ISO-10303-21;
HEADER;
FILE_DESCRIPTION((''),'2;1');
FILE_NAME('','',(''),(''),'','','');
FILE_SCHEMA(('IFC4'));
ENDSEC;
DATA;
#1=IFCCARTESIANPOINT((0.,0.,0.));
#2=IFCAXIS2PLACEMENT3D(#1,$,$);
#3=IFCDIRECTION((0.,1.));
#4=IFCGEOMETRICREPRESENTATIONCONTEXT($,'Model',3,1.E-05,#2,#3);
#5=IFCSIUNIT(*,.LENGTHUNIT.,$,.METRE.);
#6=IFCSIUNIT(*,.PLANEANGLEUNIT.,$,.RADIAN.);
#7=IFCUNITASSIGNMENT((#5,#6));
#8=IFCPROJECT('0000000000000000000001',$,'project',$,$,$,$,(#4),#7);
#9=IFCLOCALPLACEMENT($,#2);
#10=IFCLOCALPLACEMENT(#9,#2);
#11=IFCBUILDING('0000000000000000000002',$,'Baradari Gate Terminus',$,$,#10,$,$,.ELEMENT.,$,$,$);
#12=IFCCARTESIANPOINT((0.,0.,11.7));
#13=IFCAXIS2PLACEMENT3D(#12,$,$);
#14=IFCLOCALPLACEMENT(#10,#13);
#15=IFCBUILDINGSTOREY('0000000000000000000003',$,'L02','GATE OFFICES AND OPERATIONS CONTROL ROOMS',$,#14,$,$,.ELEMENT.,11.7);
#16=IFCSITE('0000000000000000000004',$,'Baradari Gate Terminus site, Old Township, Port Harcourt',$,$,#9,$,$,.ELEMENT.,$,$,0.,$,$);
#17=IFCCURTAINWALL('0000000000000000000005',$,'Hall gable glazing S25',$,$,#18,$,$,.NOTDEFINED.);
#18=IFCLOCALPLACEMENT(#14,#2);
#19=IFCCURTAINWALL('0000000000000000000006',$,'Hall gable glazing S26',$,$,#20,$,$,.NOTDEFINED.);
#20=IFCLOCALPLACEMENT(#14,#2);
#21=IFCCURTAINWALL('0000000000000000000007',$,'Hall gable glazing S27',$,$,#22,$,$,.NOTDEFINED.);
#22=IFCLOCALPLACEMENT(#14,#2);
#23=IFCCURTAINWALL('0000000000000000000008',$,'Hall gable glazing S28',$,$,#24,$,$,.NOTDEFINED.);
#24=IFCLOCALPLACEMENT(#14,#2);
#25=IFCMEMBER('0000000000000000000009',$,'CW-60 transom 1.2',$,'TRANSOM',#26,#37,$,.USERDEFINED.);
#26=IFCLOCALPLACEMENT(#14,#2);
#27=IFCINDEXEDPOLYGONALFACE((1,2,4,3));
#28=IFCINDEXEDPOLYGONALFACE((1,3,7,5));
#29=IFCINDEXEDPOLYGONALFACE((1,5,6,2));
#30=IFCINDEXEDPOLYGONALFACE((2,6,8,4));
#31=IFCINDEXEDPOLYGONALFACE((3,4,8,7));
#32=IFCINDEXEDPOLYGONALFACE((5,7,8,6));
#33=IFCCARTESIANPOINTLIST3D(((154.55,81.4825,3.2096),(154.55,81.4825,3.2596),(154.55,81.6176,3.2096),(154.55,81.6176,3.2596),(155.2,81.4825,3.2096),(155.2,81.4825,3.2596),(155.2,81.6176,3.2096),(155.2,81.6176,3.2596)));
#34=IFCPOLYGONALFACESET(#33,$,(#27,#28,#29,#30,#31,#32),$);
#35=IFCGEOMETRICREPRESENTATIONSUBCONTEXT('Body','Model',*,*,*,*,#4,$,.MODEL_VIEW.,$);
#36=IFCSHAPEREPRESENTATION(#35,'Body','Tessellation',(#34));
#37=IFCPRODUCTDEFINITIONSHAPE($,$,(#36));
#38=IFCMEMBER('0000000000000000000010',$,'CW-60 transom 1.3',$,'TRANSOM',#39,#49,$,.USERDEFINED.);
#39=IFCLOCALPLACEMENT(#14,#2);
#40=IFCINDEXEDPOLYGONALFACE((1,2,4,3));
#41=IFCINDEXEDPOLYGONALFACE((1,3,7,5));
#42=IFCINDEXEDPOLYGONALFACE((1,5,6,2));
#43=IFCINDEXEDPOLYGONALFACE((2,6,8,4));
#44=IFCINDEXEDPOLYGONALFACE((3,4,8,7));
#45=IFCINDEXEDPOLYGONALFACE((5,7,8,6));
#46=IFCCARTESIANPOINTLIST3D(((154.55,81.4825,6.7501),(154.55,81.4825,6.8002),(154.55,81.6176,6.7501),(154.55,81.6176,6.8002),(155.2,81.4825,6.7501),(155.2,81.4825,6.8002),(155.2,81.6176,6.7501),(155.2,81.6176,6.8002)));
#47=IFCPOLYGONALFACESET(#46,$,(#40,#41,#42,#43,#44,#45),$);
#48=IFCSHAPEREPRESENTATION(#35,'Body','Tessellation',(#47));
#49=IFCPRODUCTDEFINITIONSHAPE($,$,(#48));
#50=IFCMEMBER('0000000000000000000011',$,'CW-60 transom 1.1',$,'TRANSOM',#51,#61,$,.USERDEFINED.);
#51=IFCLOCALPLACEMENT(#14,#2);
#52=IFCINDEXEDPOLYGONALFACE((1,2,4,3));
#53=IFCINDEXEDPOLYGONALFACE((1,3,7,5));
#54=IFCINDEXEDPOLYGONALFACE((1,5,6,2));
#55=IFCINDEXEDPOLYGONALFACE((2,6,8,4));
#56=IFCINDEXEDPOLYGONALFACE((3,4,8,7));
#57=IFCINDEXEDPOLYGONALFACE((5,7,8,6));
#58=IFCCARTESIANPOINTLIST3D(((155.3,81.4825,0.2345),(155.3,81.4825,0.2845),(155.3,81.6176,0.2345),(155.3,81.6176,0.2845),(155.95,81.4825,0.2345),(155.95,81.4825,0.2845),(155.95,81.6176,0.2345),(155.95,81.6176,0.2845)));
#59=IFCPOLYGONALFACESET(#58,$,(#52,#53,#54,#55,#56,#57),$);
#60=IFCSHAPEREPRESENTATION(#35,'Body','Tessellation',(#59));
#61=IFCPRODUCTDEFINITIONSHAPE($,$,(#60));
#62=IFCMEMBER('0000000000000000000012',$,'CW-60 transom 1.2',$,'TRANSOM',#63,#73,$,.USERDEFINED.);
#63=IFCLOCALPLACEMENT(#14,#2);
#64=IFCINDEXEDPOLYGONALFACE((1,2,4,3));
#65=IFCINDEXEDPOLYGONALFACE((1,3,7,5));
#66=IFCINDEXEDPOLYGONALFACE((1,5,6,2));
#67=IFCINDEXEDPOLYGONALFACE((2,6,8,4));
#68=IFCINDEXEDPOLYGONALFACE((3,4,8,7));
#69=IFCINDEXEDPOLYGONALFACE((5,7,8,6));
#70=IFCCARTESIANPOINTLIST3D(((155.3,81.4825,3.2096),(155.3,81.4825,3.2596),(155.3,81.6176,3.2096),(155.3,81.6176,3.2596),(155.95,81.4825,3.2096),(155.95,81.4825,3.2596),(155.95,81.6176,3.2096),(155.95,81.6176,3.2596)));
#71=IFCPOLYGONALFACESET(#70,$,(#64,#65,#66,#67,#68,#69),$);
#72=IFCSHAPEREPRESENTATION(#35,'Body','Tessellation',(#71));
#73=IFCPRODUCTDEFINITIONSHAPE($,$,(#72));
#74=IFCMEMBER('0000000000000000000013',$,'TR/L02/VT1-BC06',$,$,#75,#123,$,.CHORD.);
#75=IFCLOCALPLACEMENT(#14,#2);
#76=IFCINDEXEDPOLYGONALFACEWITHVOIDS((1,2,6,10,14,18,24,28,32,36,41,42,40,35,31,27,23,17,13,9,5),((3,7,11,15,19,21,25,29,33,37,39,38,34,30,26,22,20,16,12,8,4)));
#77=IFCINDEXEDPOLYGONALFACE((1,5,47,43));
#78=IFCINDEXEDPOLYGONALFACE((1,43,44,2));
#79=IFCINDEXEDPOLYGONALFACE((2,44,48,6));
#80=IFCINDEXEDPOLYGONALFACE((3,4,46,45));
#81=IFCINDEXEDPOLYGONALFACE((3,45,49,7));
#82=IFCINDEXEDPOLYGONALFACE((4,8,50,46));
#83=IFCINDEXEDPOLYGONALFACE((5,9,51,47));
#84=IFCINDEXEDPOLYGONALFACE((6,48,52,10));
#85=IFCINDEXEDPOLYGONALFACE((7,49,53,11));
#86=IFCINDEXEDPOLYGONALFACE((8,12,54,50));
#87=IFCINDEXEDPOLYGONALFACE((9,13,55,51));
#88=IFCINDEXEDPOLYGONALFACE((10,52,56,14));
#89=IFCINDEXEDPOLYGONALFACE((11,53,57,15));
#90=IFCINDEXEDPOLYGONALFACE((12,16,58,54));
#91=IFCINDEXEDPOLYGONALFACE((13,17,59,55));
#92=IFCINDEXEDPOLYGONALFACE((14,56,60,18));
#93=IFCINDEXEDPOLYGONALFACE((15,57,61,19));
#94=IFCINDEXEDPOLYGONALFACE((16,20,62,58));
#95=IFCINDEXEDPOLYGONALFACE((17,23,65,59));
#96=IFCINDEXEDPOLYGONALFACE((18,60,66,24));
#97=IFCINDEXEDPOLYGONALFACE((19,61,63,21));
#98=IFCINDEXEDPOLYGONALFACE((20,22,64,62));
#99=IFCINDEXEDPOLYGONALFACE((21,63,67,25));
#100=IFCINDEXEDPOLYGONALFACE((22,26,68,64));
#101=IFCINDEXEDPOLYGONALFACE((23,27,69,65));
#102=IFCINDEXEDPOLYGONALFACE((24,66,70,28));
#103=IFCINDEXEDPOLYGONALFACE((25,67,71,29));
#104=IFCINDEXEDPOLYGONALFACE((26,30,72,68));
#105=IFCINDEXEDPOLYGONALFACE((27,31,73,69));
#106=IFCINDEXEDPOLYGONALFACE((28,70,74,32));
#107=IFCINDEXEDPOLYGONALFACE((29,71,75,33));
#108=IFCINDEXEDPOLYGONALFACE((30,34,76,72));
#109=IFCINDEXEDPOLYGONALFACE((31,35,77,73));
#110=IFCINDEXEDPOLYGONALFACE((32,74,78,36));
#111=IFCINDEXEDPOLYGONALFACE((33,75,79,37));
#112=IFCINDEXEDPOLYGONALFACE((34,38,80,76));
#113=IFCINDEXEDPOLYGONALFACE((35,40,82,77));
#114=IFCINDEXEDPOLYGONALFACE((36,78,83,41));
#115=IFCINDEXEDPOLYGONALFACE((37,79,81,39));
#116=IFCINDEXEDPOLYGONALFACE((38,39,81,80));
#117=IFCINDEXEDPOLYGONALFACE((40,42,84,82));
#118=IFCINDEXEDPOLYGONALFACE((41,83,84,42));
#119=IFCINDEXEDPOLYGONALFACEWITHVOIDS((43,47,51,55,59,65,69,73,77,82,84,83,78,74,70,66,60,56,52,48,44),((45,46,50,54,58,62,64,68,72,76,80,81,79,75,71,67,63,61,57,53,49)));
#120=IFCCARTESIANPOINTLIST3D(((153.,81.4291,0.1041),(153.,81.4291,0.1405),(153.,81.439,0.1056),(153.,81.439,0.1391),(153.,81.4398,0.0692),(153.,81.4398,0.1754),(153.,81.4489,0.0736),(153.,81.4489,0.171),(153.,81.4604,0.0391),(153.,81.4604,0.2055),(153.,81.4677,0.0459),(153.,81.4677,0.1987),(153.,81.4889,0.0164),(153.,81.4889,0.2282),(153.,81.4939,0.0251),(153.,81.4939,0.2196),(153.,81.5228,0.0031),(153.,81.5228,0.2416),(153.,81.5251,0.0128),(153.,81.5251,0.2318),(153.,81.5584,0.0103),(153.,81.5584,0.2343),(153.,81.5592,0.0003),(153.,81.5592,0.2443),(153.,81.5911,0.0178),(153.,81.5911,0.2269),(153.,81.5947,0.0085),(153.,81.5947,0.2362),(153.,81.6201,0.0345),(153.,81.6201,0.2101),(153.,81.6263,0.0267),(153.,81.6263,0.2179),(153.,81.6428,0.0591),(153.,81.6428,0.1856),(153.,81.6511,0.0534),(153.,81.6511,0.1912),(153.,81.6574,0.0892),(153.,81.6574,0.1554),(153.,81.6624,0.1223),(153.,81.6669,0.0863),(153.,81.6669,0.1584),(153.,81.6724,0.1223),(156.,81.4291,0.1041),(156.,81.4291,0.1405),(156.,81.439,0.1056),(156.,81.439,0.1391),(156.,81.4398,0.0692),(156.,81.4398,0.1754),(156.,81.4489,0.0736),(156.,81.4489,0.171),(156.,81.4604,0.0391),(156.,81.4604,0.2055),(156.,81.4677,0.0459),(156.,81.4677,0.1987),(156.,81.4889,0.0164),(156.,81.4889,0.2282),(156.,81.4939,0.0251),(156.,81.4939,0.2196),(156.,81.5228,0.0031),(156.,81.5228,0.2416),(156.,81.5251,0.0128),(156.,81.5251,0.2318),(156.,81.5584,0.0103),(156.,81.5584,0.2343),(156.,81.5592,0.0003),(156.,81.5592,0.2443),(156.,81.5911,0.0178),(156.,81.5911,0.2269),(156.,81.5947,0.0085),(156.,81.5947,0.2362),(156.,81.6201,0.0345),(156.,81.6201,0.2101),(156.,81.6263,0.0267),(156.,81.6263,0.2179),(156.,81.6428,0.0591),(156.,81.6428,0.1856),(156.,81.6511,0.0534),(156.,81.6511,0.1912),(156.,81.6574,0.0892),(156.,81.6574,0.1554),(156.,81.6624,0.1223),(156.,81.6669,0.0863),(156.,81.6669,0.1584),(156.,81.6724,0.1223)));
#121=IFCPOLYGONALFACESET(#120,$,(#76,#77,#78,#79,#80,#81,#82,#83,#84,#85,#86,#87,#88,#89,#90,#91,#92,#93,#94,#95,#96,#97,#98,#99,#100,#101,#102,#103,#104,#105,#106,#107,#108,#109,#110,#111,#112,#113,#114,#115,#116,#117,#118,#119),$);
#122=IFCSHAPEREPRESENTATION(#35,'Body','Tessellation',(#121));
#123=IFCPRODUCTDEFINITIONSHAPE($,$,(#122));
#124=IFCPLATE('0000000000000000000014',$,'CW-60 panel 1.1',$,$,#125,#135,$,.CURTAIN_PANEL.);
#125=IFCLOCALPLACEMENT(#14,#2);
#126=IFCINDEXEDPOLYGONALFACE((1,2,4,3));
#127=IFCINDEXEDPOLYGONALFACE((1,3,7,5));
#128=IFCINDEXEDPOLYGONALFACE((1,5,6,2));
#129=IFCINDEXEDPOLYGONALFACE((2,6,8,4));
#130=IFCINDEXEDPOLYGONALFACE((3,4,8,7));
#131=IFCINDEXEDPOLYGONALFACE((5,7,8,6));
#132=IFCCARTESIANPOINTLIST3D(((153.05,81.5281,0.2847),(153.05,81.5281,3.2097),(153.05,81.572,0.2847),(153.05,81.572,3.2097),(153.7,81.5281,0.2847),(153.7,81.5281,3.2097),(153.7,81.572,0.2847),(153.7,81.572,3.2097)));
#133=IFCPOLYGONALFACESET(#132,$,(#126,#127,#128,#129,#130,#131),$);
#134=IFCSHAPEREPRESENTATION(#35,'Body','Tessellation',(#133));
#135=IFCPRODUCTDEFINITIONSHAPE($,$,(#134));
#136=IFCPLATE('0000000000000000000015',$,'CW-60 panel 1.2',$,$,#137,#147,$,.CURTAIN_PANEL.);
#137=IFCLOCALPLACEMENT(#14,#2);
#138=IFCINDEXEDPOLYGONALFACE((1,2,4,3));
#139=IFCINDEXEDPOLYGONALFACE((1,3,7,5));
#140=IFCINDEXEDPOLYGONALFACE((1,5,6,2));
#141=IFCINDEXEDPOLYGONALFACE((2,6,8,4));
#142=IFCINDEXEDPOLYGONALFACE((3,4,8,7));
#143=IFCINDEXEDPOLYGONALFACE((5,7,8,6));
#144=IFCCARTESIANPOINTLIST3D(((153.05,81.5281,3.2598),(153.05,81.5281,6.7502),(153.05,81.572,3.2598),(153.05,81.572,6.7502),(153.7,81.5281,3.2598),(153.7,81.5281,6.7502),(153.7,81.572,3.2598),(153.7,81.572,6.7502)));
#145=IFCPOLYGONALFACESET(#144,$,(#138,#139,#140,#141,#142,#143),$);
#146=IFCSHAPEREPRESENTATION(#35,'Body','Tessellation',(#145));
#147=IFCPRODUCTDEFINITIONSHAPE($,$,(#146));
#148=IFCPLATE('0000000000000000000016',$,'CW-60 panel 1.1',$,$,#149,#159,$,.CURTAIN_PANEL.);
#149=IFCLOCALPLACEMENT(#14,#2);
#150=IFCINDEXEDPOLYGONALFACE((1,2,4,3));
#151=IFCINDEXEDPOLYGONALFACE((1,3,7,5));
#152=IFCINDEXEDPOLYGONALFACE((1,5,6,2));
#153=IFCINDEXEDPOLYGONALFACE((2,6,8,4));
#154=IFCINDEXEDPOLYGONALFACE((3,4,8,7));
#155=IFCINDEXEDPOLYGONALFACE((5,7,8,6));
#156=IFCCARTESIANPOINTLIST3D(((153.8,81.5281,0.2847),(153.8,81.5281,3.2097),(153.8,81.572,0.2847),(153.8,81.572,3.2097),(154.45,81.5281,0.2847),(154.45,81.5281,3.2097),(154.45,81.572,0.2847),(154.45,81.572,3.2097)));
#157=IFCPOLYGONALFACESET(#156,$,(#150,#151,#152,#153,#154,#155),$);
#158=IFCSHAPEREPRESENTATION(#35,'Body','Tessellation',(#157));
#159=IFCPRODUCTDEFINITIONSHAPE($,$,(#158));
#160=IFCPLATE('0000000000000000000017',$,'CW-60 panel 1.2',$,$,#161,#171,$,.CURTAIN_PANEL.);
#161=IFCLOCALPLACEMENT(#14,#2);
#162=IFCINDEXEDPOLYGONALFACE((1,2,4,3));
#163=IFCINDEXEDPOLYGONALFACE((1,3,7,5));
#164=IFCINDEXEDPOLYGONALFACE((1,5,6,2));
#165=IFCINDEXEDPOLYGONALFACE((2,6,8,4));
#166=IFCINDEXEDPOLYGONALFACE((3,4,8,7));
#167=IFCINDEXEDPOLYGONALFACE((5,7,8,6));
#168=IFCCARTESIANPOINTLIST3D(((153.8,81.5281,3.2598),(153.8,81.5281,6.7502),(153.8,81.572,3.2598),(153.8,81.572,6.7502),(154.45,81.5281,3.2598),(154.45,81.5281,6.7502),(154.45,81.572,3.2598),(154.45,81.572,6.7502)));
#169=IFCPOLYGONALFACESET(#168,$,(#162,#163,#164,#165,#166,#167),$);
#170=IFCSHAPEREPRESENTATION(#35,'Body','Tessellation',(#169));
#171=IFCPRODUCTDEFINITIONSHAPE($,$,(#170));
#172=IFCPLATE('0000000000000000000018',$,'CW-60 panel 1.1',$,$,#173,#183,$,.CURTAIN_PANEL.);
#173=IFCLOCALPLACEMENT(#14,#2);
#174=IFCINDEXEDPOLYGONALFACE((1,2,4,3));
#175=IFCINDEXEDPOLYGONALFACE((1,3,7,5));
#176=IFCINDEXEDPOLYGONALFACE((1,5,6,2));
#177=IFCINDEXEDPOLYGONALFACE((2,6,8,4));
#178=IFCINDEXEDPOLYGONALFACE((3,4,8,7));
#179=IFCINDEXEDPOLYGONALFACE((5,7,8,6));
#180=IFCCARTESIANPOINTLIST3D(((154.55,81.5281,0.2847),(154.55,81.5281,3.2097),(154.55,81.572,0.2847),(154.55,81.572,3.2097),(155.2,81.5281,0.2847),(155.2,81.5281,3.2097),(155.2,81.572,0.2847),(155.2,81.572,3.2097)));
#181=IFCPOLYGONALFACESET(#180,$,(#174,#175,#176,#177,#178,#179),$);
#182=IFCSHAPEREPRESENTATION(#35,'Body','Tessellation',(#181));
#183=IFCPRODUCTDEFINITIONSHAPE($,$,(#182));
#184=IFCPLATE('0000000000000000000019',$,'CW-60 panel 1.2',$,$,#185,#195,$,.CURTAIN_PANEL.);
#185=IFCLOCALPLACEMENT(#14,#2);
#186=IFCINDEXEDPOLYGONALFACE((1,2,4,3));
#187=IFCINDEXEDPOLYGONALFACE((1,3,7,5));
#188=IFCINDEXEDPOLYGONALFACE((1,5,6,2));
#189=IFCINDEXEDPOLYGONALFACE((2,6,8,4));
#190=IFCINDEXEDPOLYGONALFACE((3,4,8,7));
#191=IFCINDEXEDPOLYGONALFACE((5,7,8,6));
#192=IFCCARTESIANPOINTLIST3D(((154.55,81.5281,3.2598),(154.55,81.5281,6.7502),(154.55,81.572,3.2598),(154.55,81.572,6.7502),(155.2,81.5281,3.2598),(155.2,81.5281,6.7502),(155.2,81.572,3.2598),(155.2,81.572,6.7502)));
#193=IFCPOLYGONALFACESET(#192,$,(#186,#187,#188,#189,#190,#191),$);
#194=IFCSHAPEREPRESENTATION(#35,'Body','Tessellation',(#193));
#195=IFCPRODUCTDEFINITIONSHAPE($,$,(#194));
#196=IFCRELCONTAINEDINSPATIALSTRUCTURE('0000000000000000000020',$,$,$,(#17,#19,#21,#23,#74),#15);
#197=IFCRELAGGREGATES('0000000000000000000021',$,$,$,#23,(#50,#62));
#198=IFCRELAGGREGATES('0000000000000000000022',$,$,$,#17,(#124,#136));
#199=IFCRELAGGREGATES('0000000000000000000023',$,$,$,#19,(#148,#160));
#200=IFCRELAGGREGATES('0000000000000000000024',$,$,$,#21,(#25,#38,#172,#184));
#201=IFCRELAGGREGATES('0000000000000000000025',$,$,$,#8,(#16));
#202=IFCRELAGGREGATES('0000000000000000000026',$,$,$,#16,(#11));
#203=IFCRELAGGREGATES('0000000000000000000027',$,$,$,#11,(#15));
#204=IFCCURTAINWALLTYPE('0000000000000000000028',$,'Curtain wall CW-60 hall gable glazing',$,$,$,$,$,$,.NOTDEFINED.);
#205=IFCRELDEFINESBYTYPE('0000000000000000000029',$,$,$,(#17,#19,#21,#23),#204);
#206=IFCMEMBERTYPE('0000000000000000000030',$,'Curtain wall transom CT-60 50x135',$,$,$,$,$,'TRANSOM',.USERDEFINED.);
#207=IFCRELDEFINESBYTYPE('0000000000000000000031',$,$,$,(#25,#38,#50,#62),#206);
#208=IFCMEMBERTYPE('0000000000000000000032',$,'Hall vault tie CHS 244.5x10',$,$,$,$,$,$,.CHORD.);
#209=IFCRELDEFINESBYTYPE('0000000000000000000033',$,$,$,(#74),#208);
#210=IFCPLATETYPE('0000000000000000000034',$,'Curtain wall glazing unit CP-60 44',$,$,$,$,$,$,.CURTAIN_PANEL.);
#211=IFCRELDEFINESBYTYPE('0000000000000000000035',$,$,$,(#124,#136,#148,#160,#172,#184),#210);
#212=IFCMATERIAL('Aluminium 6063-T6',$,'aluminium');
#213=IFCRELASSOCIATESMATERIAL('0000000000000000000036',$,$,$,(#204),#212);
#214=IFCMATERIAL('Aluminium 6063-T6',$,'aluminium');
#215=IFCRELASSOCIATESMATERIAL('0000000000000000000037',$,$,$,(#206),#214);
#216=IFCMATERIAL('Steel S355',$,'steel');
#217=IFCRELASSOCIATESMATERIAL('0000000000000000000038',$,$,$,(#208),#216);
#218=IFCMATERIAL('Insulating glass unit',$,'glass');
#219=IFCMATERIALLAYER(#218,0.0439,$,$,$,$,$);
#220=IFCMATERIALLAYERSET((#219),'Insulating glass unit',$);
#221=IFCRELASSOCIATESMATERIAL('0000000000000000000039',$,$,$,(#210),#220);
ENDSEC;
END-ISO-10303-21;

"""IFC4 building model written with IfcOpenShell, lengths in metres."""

from ifc_helpers import new_model, si_unit, direction, frame, origin, origin_2d, place, context, subcontext, project, spatial, rectangle, hollow_circle, extrude, material, layer, layer_set, material_profile, profile_set, type_object, element, aggregate, save


model = new_model("IFC4")

# Units and contexts
model_context = context("Model", 3, precision=1e-05, world=origin(), true_north=direction((0.0, 1.0)))
body_context = subcontext(model_context, "Body", "Model", "MODEL_VIEW")
ifc_project = project(units=[si_unit("LENGTHUNIT", "METRE"), si_unit("PLANEANGLEUNIT", "RADIAN")], contexts=[model_context])

# Site, building, storey
site_placement = place(None, origin())
site = spatial("IfcSite", under=ifc_project, at=site_placement, Name="Baradari Gate Terminus site, Old Township, Port Harcourt", CompositionType="ELEMENT", RefElevation=0.0)
building_placement = place(site_placement, origin())
building = spatial("IfcBuilding", under=site, at=building_placement, Name="Baradari Gate Terminus", CompositionType="ELEMENT")
storey_placement = place(building_placement, frame((0.0, 0.0, 11.7)))
storey = spatial("IfcBuildingStorey", under=building, at=storey_placement, Name="L02", Description="GATE OFFICES AND OPERATIONS CONTROL ROOMS", CompositionType="ELEMENT", Elevation=11.7)

# Shared definitions
ifc_material_1 = material(Name="Aluminium 6063-T6", Category="aluminium")
curtain_wall_type = type_object("IfcCurtainWallType", Name="Curtain wall CW-60 hall gable glazing", PredefinedType="NOTDEFINED", material=ifc_material_1)

# Curtain walls
curtain_wall_1_placement = place(storey_placement, origin())
curtain_wall_1 = element("IfcCurtainWall", 1, at=curtain_wall_1_placement, inside=storey, type_object=curtain_wall_type, Name="Hall gable glazing S25", PredefinedType="NOTDEFINED")
curtain_wall_2_placement = place(storey_placement, origin())
curtain_wall_2 = element("IfcCurtainWall", 2, at=curtain_wall_2_placement, inside=storey, type_object=curtain_wall_type, Name="Hall gable glazing S26", PredefinedType="NOTDEFINED")
curtain_wall_3_placement = place(storey_placement, origin())
curtain_wall_3 = element("IfcCurtainWall", 3, at=curtain_wall_3_placement, inside=storey, type_object=curtain_wall_type, Name="Hall gable glazing S27", PredefinedType="NOTDEFINED")

# Curtain wall
curtain_wall_4_placement = place(storey_placement, origin())
curtain_wall_4 = element("IfcCurtainWall", 4, at=curtain_wall_4_placement, inside=storey, type_object=curtain_wall_type, Name="Hall gable glazing S28", PredefinedType="NOTDEFINED")

# Members
ifc_material_2 = material(Name="Aluminium 6063-T6", Category="aluminium")
ifc_material_profile_1 = material_profile(ifc_material_2, rectangle(XDim=0.135, YDim=0.05, at=origin_2d()), Name="CT-60 50X135")
ifc_profile_set_1 = profile_set([ifc_material_profile_1], Name="Aluminium 6063-T6")
member_type_1 = type_object("IfcMemberType", Name="Curtain wall transom CT-60 50x135", ElementType="TRANSOM", PredefinedType="USERDEFINED", material=ifc_profile_set_1)
member_1_placement = place(storey_placement, frame((154.55, 81.55, 3.2346), z_axis=(1.0, 0.0, 0.0), x_axis=(0.0, 1.0, 0.0)))
member_1 = element("IfcMember", 5, at=member_1_placement, type_object=member_type_1, Name="CW-60 transom 1.2", ObjectType="TRANSOM", PredefinedType="USERDEFINED", context=body_context, shape_type="SweptSolid", body=[
    extrude(rectangle(XDim=0.135, YDim=0.05, at=origin_2d()), origin(), (0.0, 0.0, 1.0), 0.6499),
])
member_2_placement = place(storey_placement, frame((154.55, 81.55, 6.7751), z_axis=(1.0, 0.0, 0.0), x_axis=(0.0, 1.0, 0.0)))
member_2 = element("IfcMember", 6, at=member_2_placement, type_object=member_type_1, Name="CW-60 transom 1.3", ObjectType="TRANSOM", PredefinedType="USERDEFINED", context=body_context, shape_type="SweptSolid", body=[
    extrude(rectangle(XDim=0.135, YDim=0.05, at=origin_2d()), origin(), (0.0, 0.0, 1.0), 0.6499),
])
member_3_placement = place(storey_placement, frame((155.3, 81.55, 0.2595), z_axis=(1.0, 0.0, 0.0), x_axis=(0.0, 1.0, 0.0)))
member_3 = element("IfcMember", 7, at=member_3_placement, type_object=member_type_1, Name="CW-60 transom 1.1", ObjectType="TRANSOM", PredefinedType="USERDEFINED", context=body_context, shape_type="SweptSolid", body=[
    extrude(rectangle(XDim=0.135, YDim=0.05, at=origin_2d()), origin(), (0.0, 0.0, 1.0), 0.6499),
])
member_4_placement = place(storey_placement, frame((155.3, 81.55, 3.2346), z_axis=(1.0, 0.0, 0.0), x_axis=(0.0, 1.0, 0.0)))
member_4 = element("IfcMember", 8, at=member_4_placement, type_object=member_type_1, Name="CW-60 transom 1.2", ObjectType="TRANSOM", PredefinedType="USERDEFINED", context=body_context, shape_type="SweptSolid", body=[
    extrude(rectangle(XDim=0.135, YDim=0.05, at=origin_2d()), origin(), (0.0, 0.0, 1.0), 0.6499),
])
aggregate(curtain_wall_4, [member_3, member_4])
ifc_material_3 = material(Name="Steel S355", Category="steel")
ifc_material_profile_2 = material_profile(ifc_material_3, hollow_circle(Radius=0.1223, WallThickness=0.01, at=origin_2d()), Name="CHS 244.5x10")
ifc_profile_set_2 = profile_set([ifc_material_profile_2], Name="Steel S355")
member_type_2 = type_object("IfcMemberType", Name="Hall vault tie CHS 244.5x10", PredefinedType="CHORD", material=ifc_profile_set_2)
member_5_placement = place(storey_placement, frame((153.0, 81.55, 0.1223), z_axis=(1.0, 0.0, 0.0), x_axis=(0.0, 1.0, 0.0)))
element("IfcMember", 9, at=member_5_placement, inside=storey, type_object=member_type_2, Name="TR/L02/VT1-BC06", PredefinedType="CHORD", context=body_context, shape_type="SweptSolid", body=[
    extrude(hollow_circle(Radius=0.1223, WallThickness=0.01, at=origin_2d()), origin(), (0.0, 0.0, 1.0), 3.0),
])

# Plates
ifc_material_4 = material(Name="Insulating glass unit", Category="glass")
ifc_layer = layer(ifc_material_4, 0.0439)
ifc_layer_set = layer_set([ifc_layer], Name="Insulating glass unit")
plate_type = type_object("IfcPlateType", Name="Curtain wall glazing unit CP-60 44", PredefinedType="CURTAIN_PANEL", material=ifc_layer_set)
plate_1_placement = place(storey_placement, frame((153.375, 81.55, 0.2847), z_axis=(0.0, 0.0, 1.0), x_axis=(1.0, 0.0, 0.0)))
plate_1 = element("IfcPlate", 10, at=plate_1_placement, type_object=plate_type, Name="CW-60 panel 1.1", PredefinedType="CURTAIN_PANEL", context=body_context, shape_type="SweptSolid", body=[
    extrude(rectangle(XDim=0.6499, YDim=0.0439, at=origin_2d()), origin(), (0.0, 0.0, 1.0), 2.925),
])
plate_2_placement = place(storey_placement, frame((153.375, 81.55, 3.2598), z_axis=(0.0, 0.0, 1.0), x_axis=(1.0, 0.0, 0.0)))
plate_2 = element("IfcPlate", 11, at=plate_2_placement, type_object=plate_type, Name="CW-60 panel 1.2", PredefinedType="CURTAIN_PANEL", context=body_context, shape_type="SweptSolid", body=[
    extrude(rectangle(XDim=0.6499, YDim=0.0439, at=origin_2d()), origin(), (0.0, 0.0, 1.0), 3.4905),
])
aggregate(curtain_wall_1, [plate_1, plate_2])
plate_3_placement = place(storey_placement, frame((154.125, 81.55, 0.2847), z_axis=(0.0, 0.0, 1.0), x_axis=(1.0, 0.0, 0.0)))
plate_3 = element("IfcPlate", 12, at=plate_3_placement, type_object=plate_type, Name="CW-60 panel 1.1", PredefinedType="CURTAIN_PANEL", context=body_context, shape_type="SweptSolid", body=[
    extrude(rectangle(XDim=0.6499, YDim=0.0439, at=origin_2d()), origin(), (0.0, 0.0, 1.0), 2.925),
])
plate_4_placement = place(storey_placement, frame((154.125, 81.55, 3.2598), z_axis=(0.0, 0.0, 1.0), x_axis=(1.0, 0.0, 0.0)))
plate_4 = element("IfcPlate", 13, at=plate_4_placement, type_object=plate_type, Name="CW-60 panel 1.2", PredefinedType="CURTAIN_PANEL", context=body_context, shape_type="SweptSolid", body=[
    extrude(rectangle(XDim=0.6499, YDim=0.0439, at=origin_2d()), origin(), (0.0, 0.0, 1.0), 3.4905),
])
aggregate(curtain_wall_2, [plate_3, plate_4])
plate_5_placement = place(storey_placement, frame((154.875, 81.55, 0.2847), z_axis=(0.0, 0.0, 1.0), x_axis=(1.0, 0.0, 0.0)))
plate_5 = element("IfcPlate", 14, at=plate_5_placement, type_object=plate_type, Name="CW-60 panel 1.1", PredefinedType="CURTAIN_PANEL", context=body_context, shape_type="SweptSolid", body=[
    extrude(rectangle(XDim=0.6499, YDim=0.0439, at=origin_2d()), origin(), (0.0, 0.0, 1.0), 2.925),
])
plate_6_placement = place(storey_placement, frame((154.875, 81.55, 3.2598), z_axis=(0.0, 0.0, 1.0), x_axis=(1.0, 0.0, 0.0)))
plate_6 = element("IfcPlate", 15, at=plate_6_placement, type_object=plate_type, Name="CW-60 panel 1.2", PredefinedType="CURTAIN_PANEL", context=body_context, shape_type="SweptSolid", body=[
    extrude(rectangle(XDim=0.6499, YDim=0.0439, at=origin_2d()), origin(), (0.0, 0.0, 1.0), 3.4905),
])
aggregate(curtain_wall_3, [member_1, member_2, plate_5, plate_6])

save(model, "model.ifc")
